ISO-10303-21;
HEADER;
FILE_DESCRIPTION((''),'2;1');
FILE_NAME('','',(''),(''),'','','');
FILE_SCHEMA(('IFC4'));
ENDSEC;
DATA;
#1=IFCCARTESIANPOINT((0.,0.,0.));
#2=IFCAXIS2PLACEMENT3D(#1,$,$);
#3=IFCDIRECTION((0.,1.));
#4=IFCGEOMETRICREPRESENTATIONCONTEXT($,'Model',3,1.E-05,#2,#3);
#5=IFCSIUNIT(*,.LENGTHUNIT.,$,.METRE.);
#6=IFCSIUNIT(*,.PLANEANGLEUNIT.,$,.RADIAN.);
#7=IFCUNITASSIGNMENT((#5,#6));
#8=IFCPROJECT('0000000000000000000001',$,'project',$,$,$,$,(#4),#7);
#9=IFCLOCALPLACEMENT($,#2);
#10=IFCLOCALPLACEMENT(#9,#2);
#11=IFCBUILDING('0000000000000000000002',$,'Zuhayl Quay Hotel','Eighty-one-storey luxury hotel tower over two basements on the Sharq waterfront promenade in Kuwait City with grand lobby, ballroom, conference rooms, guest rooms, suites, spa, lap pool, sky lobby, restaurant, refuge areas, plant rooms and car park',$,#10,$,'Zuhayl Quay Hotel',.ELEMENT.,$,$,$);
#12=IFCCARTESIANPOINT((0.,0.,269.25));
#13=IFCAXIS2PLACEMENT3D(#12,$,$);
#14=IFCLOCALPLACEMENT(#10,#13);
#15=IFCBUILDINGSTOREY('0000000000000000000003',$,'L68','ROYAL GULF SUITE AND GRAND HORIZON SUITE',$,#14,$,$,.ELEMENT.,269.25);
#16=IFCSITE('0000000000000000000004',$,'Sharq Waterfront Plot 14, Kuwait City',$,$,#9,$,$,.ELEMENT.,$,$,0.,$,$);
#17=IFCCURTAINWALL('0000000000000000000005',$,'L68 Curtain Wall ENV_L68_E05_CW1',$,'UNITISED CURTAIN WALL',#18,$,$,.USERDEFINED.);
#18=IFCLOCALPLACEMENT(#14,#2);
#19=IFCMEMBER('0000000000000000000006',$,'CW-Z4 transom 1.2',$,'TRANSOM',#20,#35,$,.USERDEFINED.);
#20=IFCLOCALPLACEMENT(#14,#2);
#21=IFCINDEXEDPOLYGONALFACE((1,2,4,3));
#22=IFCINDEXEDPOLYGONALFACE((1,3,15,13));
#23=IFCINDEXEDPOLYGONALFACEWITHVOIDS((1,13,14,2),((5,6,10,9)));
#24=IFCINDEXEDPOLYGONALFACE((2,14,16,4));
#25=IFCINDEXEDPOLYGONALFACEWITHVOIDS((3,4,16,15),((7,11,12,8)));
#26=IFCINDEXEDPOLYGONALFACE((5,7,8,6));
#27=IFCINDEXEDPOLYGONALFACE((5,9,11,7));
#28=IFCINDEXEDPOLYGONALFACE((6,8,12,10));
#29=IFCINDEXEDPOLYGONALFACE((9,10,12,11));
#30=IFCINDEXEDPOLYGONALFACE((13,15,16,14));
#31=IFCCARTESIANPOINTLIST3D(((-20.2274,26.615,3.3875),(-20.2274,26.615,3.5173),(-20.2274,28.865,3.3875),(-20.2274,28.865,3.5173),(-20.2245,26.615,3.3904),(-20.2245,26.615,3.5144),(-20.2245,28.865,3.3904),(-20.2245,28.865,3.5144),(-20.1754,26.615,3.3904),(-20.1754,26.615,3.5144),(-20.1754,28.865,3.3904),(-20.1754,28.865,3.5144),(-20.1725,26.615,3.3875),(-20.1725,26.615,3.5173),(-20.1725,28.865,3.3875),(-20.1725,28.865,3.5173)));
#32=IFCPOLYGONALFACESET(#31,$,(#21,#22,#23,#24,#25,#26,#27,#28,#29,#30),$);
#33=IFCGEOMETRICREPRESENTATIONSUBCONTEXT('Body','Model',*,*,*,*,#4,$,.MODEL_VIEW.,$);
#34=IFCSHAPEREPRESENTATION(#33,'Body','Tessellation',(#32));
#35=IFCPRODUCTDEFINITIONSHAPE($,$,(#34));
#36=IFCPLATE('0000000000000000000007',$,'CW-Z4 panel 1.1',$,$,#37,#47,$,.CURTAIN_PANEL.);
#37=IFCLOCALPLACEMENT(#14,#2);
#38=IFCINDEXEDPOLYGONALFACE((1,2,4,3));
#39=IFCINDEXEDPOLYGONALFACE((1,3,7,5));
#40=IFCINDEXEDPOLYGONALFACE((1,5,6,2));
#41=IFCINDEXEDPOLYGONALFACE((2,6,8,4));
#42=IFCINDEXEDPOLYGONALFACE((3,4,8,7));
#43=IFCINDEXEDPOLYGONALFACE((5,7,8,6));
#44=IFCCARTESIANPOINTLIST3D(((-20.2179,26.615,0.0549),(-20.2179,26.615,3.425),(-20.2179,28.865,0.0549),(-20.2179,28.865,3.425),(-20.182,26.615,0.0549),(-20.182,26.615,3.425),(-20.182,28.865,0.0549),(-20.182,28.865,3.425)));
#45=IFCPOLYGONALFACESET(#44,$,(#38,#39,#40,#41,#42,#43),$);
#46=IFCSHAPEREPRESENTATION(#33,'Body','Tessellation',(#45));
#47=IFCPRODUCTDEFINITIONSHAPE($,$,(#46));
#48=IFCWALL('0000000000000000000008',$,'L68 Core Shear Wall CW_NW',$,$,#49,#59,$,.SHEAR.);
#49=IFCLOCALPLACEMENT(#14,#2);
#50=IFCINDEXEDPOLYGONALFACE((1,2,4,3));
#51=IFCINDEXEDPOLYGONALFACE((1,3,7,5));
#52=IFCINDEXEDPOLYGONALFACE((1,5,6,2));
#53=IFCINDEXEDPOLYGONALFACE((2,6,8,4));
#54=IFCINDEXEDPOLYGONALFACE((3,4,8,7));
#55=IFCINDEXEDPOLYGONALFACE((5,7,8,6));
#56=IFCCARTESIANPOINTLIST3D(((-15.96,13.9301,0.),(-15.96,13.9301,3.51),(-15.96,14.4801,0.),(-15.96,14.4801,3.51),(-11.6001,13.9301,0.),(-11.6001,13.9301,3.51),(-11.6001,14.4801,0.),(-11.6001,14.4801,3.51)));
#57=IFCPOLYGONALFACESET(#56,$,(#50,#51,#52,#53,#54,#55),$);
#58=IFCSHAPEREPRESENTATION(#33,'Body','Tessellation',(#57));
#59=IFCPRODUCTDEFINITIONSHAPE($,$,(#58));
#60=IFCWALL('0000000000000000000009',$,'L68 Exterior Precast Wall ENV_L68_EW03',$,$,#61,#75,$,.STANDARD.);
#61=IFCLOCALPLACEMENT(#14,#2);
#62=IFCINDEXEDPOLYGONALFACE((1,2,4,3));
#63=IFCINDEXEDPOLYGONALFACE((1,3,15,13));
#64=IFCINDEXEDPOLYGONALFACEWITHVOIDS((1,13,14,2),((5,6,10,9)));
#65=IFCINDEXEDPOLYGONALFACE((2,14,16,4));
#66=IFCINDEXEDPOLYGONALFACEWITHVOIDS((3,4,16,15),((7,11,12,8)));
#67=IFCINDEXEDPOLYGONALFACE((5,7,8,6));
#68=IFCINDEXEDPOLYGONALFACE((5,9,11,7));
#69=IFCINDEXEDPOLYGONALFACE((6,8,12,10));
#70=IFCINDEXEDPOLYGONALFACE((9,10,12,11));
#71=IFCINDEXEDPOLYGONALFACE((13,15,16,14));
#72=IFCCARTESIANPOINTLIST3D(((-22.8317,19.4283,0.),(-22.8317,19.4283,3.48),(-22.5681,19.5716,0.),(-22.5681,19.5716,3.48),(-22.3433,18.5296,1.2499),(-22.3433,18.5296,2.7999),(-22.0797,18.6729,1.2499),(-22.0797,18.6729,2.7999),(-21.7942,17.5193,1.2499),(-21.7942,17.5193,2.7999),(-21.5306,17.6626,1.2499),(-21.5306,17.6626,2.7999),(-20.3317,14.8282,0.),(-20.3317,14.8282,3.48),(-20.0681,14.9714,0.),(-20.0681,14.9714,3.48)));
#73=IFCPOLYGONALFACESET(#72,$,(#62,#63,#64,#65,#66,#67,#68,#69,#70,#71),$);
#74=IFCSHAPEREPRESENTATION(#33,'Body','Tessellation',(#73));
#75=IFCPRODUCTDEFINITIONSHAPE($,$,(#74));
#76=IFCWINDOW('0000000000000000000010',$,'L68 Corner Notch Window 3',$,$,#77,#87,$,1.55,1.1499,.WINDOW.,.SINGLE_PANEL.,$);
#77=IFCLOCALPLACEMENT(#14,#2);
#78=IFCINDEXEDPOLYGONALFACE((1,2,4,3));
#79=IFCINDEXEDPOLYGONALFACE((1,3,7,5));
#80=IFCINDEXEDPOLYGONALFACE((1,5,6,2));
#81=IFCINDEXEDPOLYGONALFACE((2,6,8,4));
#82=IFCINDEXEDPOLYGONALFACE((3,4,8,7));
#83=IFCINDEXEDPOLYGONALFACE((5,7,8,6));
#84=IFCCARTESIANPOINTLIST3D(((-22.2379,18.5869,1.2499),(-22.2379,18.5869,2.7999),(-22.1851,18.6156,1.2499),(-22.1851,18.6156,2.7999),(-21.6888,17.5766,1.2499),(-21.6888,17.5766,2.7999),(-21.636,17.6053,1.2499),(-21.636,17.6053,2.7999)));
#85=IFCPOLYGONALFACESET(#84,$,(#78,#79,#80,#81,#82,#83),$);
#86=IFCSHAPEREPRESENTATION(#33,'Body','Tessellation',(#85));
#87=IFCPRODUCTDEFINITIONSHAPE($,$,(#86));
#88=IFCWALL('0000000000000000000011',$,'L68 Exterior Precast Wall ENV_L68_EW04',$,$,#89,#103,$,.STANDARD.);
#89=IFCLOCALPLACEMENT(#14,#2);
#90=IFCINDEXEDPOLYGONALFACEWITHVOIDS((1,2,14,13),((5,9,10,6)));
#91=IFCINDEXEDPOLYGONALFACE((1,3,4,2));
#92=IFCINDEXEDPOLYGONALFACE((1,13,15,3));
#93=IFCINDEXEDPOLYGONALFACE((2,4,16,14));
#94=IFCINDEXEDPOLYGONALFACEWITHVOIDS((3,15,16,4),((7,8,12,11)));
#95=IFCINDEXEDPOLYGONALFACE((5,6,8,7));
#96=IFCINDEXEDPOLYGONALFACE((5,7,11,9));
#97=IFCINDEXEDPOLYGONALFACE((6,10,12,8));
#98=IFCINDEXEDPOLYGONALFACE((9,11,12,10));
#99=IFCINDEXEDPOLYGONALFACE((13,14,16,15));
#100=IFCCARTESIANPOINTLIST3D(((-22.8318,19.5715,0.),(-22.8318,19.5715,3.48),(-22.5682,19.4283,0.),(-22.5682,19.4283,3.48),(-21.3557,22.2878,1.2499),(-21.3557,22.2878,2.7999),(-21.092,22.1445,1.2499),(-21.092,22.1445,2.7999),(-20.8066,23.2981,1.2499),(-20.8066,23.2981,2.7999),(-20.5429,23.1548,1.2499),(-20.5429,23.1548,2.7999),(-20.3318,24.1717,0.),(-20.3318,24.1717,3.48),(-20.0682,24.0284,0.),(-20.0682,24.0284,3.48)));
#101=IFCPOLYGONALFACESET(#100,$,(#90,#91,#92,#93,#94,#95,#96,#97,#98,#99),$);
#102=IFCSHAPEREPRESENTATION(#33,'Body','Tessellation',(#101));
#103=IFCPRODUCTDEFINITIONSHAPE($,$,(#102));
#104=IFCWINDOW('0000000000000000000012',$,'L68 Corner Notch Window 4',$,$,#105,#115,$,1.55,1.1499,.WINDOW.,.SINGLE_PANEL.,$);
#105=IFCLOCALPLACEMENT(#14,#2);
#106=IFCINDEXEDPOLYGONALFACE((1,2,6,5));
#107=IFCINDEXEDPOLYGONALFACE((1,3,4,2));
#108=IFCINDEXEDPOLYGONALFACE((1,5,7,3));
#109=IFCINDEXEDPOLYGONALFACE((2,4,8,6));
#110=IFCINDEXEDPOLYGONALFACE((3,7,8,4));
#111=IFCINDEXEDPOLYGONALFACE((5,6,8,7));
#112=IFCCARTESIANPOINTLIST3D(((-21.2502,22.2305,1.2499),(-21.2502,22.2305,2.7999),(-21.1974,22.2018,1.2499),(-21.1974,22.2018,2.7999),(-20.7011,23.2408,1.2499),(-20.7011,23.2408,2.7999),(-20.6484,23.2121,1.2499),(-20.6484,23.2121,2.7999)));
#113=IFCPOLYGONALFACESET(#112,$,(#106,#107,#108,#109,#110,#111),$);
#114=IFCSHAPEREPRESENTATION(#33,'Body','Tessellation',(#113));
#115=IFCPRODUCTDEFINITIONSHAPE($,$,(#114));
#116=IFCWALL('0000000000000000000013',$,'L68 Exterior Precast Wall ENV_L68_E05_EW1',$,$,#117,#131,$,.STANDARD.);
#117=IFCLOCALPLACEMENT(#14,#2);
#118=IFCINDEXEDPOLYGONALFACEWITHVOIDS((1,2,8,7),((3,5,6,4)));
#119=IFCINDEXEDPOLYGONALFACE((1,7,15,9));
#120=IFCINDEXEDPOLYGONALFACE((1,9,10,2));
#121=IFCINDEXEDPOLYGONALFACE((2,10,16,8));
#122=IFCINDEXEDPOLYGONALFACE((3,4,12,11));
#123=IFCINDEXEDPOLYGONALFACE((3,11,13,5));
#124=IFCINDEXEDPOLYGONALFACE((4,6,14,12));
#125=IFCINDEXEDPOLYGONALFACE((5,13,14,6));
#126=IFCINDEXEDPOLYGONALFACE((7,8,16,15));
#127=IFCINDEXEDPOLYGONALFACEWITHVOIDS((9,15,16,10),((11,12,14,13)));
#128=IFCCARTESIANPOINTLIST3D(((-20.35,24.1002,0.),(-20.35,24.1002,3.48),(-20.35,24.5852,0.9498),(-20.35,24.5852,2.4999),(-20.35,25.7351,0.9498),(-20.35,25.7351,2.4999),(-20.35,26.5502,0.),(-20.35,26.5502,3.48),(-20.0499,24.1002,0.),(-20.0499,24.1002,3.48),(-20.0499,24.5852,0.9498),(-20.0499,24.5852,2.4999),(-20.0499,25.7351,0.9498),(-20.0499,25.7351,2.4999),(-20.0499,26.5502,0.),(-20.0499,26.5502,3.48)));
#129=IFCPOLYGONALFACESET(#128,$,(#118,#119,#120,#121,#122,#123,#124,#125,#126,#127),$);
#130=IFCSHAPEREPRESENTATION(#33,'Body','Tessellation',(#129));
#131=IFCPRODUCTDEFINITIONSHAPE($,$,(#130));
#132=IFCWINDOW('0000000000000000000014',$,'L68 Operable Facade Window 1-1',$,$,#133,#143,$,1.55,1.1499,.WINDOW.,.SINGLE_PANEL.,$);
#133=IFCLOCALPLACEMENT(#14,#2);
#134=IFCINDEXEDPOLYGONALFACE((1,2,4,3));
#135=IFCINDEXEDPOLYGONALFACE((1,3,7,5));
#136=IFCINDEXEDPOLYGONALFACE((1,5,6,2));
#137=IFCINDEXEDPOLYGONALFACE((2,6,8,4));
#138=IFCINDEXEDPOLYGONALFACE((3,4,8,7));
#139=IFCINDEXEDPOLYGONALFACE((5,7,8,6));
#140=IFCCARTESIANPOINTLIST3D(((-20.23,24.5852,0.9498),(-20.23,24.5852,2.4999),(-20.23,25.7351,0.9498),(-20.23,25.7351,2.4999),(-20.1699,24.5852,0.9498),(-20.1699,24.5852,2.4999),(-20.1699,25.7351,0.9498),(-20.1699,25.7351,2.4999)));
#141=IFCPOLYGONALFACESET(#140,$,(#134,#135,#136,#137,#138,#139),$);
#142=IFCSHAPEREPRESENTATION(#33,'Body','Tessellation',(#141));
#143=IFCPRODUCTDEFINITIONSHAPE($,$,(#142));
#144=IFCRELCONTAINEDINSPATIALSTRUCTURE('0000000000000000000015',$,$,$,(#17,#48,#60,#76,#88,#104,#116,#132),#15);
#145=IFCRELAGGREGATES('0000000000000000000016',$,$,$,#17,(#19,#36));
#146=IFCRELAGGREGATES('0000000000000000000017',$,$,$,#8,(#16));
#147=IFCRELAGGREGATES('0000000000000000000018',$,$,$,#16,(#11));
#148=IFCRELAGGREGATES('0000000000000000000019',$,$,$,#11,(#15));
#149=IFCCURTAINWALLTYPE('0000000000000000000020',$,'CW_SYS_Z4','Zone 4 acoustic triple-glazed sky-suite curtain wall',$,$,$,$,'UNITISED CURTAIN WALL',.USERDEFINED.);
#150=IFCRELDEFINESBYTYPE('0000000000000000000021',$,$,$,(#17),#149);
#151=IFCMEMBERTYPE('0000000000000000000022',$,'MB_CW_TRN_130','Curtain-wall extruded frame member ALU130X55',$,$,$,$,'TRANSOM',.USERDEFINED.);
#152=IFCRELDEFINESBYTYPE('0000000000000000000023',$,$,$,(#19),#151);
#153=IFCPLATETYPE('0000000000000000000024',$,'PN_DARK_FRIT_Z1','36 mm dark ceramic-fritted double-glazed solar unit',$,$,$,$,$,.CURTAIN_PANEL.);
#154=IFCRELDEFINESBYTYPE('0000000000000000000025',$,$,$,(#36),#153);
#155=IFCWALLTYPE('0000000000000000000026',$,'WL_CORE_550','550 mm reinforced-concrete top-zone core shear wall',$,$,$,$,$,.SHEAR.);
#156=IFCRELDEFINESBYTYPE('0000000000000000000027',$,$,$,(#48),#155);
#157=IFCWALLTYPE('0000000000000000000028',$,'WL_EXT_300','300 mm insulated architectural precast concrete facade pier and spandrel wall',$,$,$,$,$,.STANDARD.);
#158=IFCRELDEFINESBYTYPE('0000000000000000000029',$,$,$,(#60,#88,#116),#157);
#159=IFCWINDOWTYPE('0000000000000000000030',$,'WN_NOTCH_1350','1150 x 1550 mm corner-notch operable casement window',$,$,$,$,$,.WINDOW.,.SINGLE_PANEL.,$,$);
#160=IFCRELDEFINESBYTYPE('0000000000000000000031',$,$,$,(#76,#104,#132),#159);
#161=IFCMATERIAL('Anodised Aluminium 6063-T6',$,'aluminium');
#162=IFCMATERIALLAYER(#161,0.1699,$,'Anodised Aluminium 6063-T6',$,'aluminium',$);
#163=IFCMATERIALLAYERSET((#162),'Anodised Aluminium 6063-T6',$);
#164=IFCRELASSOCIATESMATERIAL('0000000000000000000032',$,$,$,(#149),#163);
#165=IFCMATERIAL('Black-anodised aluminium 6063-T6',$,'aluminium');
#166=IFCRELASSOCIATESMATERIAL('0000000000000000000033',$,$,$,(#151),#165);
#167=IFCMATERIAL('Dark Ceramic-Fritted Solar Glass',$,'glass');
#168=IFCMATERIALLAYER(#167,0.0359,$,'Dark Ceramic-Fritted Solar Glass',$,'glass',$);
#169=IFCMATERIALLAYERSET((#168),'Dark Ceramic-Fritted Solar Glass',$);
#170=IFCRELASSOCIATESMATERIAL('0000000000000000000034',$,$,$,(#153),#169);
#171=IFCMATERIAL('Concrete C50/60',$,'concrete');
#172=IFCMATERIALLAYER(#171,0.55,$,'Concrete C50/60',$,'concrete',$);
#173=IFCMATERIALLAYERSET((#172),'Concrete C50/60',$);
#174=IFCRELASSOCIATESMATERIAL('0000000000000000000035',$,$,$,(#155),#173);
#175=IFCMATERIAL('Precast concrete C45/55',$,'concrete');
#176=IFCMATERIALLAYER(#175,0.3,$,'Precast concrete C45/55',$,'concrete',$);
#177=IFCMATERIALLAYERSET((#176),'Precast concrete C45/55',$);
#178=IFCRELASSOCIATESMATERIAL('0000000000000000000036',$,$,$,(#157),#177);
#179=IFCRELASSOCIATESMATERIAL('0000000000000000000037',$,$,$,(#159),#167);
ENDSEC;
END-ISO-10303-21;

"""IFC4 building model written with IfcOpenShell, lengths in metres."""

from ifc_helpers import new_model, si_unit, direction, frame, frame_2d, origin, origin_2d, place, context, subcontext, project, spatial, rectangle, hollow_rectangle, extrude, material, layer, layer_set, material_profile, profile_set, type_object, element, fill, aggregate, save


model = new_model("IFC4")

# Units and contexts
model_context = context("Model", 3, precision=1e-05, world=origin(), true_north=direction((0.0, 1.0)))
body_context = subcontext(model_context, "Body", "Model", "MODEL_VIEW")
ifc_project = project(units=[si_unit("LENGTHUNIT", "METRE"), si_unit("PLANEANGLEUNIT", "RADIAN")], contexts=[model_context])

# Site, building, storey
site_placement = place(None, origin())
site = spatial("IfcSite", under=ifc_project, at=site_placement, Name="Sharq Waterfront Plot 14, Kuwait City", CompositionType="ELEMENT", RefElevation=0.0)
building_placement = place(site_placement, origin())
building = spatial("IfcBuilding", under=site, at=building_placement, Name="Zuhayl Quay Hotel", Description="Eighty-one-storey luxury hotel tower over two basements on the Sharq waterfront promenade in Kuwait City with grand lobby, ballroom, conference rooms, guest rooms, suites, spa, lap pool, sky lobby, restaurant, refuge areas, plant rooms and car park", LongName="Zuhayl Quay Hotel", CompositionType="ELEMENT")
storey_placement = place(building_placement, frame((0.0, 0.0, 269.25)))
storey = spatial("IfcBuildingStorey", under=building, at=storey_placement, Name="L68", Description="ROYAL GULF SUITE AND GRAND HORIZON SUITE", CompositionType="ELEMENT", Elevation=269.25)

# Curtain wall, member, plate
ifc_material_1 = material(Name="Anodised Aluminium 6063-T6", Category="aluminium")
ifc_layer_1 = layer(ifc_material_1, 0.1699, Name="Anodised Aluminium 6063-T6", Category="aluminium")
ifc_layer_set_1 = layer_set([ifc_layer_1], Name="Anodised Aluminium 6063-T6")
curtain_wall_type = type_object("IfcCurtainWallType", Name="CW_SYS_Z4", Description="Zone 4 acoustic triple-glazed sky-suite curtain wall", ElementType="UNITISED CURTAIN WALL", PredefinedType="USERDEFINED", material=ifc_layer_set_1)
curtain_wall_placement = place(storey_placement, origin())
curtain_wall = element("IfcCurtainWall", 1, at=curtain_wall_placement, inside=storey, type_object=curtain_wall_type, Name="L68 Curtain Wall ENV_L68_E05_CW1", ObjectType="UNITISED CURTAIN WALL", PredefinedType="USERDEFINED")
ifc_material_2 = material(Name="Black-anodised aluminium 6063-T6", Category="aluminium")
ifc_material_profile_1 = material_profile(ifc_material_2, hollow_rectangle(XDim=0.0549, YDim=0.1299, WallThickness=0.0029, at=origin_2d()), Name="ALU130X55")
ifc_profile_set_1 = profile_set([ifc_material_profile_1], Name="Black-anodised aluminium 6063-T6")
member_type_1 = type_object("IfcMemberType", Name="MB_CW_TRN_130", Description="Curtain-wall extruded frame member ALU130X55", ElementType="TRANSOM", PredefinedType="USERDEFINED", material=ifc_profile_set_1)
member_1_placement = place(storey_placement, frame((-20.2, 26.615, 3.4524), z_axis=(0.0, 1.0, 0.0), x_axis=(-1.0, 0.0, 0.0)))
member_1 = element("IfcMember", 2, at=member_1_placement, type_object=member_type_1, Name="CW-Z4 transom 1.2", ObjectType="TRANSOM", PredefinedType="USERDEFINED", context=body_context, shape_type="SweptSolid", body=[
    extrude(hollow_rectangle(XDim=0.0549, YDim=0.1299, WallThickness=0.0029, at=origin_2d()), origin(), (0.0, 0.0, 1.0), 2.25),
])
ifc_material_3 = material(Name="Dark Ceramic-Fritted Solar Glass", Category="glass")
ifc_layer_2 = layer(ifc_material_3, 0.0359, Name="Dark Ceramic-Fritted Solar Glass", Category="glass")
ifc_layer_set_2 = layer_set([ifc_layer_2], Name="Dark Ceramic-Fritted Solar Glass")
plate_type = type_object("IfcPlateType", Name="PN_DARK_FRIT_Z1", Description="36 mm dark ceramic-fritted double-glazed solar unit", PredefinedType="CURTAIN_PANEL", material=ifc_layer_set_2)
plate_placement = place(storey_placement, frame((-20.2, 27.74, 0.0549), z_axis=(0.0, 0.0, 1.0), x_axis=(0.0, 1.0, 0.0)))
plate = element("IfcPlate", 3, at=plate_placement, type_object=plate_type, Name="CW-Z4 panel 1.1", PredefinedType="CURTAIN_PANEL", context=body_context, shape_type="SweptSolid", body=[
    extrude(rectangle(XDim=2.25, YDim=0.0359, at=origin_2d()), origin(), (0.0, 0.0, 1.0), 3.3701),
])
aggregate(curtain_wall, [member_1, plate])

# Wall
ifc_material_4 = material(Name="Concrete C50/60", Category="concrete")
ifc_layer_3 = layer(ifc_material_4, 0.55, Name="Concrete C50/60", Category="concrete")
ifc_layer_set_3 = layer_set([ifc_layer_3], Name="Concrete C50/60")
wall_type_1 = type_object("IfcWallType", Name="WL_CORE_550", Description="550 mm reinforced-concrete top-zone core shear wall", PredefinedType="SHEAR", material=ifc_layer_set_3)
wall_1_placement = place(storey_placement, frame((-15.96, 14.2051, 0.0), z_axis=(0.0, 0.0, 1.0), x_axis=(1.0, 0.0, 0.0)))
element("IfcWall", 4, at=wall_1_placement, inside=storey, type_object=wall_type_1, Name="L68 Core Shear Wall CW_NW", PredefinedType="SHEAR", context=body_context, shape_type="SweptSolid", body=[
    extrude(rectangle(XDim=4.3599, YDim=0.55, at=frame_2d((2.1799, 0.0))), origin(), (0.0, 0.0, 1.0), 3.51),
])

# Walls, openings, windows
ifc_material_5 = material(Name="Precast concrete C45/55", Category="concrete")
ifc_layer_4 = layer(ifc_material_5, 0.3, Name="Precast concrete C45/55", Category="concrete")
ifc_layer_set_4 = layer_set([ifc_layer_4], Name="Precast concrete C45/55")
wall_type_2 = type_object("IfcWallType", Name="WL_EXT_300", Description="300 mm insulated architectural precast concrete facade pier and spandrel wall", PredefinedType="STANDARD", material=ifc_layer_set_4)
wall_2_placement = place(storey_placement, frame((-20.2, 14.8999, 0.0), z_axis=(0.0, 0.0, 1.0), x_axis=(-0.477505, 0.878629, 0.0)))
wall_2 = element("IfcWall", 5, at=wall_2_placement, inside=storey, type_object=wall_type_2, Name="L68 Exterior Precast Wall ENV_L68_EW03", PredefinedType="STANDARD", context=body_context, shape_type="SweptSolid", body=[
    extrude(rectangle(XDim=5.2356, YDim=0.3, at=frame_2d((2.6177, 0.0))), origin(), (0.0, 0.0, 1.0), 3.48),
])
opening_1_placement = place(wall_2_placement, frame((3.0627, 0.0, 1.25)))
opening_1 = element("IfcOpeningElement", 6, at=opening_1_placement, cuts=wall_2, PredefinedType="OPENING", context=body_context, shape_type="SweptSolid", body=[
    extrude(rectangle(XDim=1.1499, YDim=1.55, at=frame_2d((0.575, 0.7749))), frame((0.0, 0.1599, 0.0), z_axis=(0.0, -1.0, 0.0), x_axis=(1.0, 0.0, 0.0)), (0.0, 0.0, 1.0), 0.3201),
])
window_type = type_object("IfcWindowType", Name="WN_NOTCH_1350", Description="1150 x 1550 mm corner-notch operable casement window", PartitioningType="SINGLE_PANEL", PredefinedType="WINDOW", material=ifc_material_3)
window_1_placement = place(opening_1_placement, origin())
window_1 = element("IfcWindow", 7, at=window_1_placement, inside=storey, type_object=window_type, Name="L68 Corner Notch Window 3", OverallHeight=1.55, OverallWidth=1.1499, PartitioningType="SINGLE_PANEL", PredefinedType="WINDOW", context=body_context, shape_type="SweptSolid", body=[
    extrude(rectangle(XDim=1.1499, YDim=1.55, at=frame_2d((0.575, 0.7749))), frame((0.0, 0.03, 0.0), z_axis=(0.0, -1.0, 0.0), x_axis=(1.0, 0.0, 0.0)), (0.0, 0.0, 1.0), 0.0601),
])
fill(opening_1, window_1)
wall_3_placement = place(storey_placement, frame((-22.7, 19.5, 0.0), z_axis=(0.0, 0.0, 1.0), x_axis=(0.477505, 0.878629, 0.0)))
wall_3 = element("IfcWall", 8, at=wall_3_placement, inside=storey, type_object=wall_type_2, Name="L68 Exterior Precast Wall ENV_L68_EW04", PredefinedType="STANDARD", context=body_context, shape_type="SweptSolid", body=[
    extrude(rectangle(XDim=5.2356, YDim=0.3, at=frame_2d((2.6177, 0.0))), origin(), (0.0, 0.0, 1.0), 3.48),
])
opening_2_placement = place(wall_3_placement, frame((3.0913, 0.0, 1.25)))
opening_2 = element("IfcOpeningElement", 9, at=opening_2_placement, cuts=wall_3, PredefinedType="OPENING", context=body_context, shape_type="SweptSolid", body=[
    extrude(rectangle(XDim=1.1499, YDim=1.55, at=frame_2d((0.575, 0.7749))), frame((0.0, 0.1599, 0.0), z_axis=(0.0, -1.0, 0.0), x_axis=(1.0, 0.0, 0.0)), (0.0, 0.0, 1.0), 0.3201),
])
window_2_placement = place(opening_2_placement, origin())
window_2 = element("IfcWindow", 10, at=window_2_placement, inside=storey, type_object=window_type, Name="L68 Corner Notch Window 4", OverallHeight=1.55, OverallWidth=1.1499, PartitioningType="SINGLE_PANEL", PredefinedType="WINDOW", context=body_context, shape_type="SweptSolid", body=[
    extrude(rectangle(XDim=1.1499, YDim=1.55, at=frame_2d((0.575, 0.7749))), frame((0.0, 0.03, 0.0), z_axis=(0.0, -1.0, 0.0), x_axis=(1.0, 0.0, 0.0)), (0.0, 0.0, 1.0), 0.0601),
])
fill(opening_2, window_2)
wall_4_placement = place(storey_placement, frame((-20.2, 24.1001, 0.0), z_axis=(0.0, 0.0, 1.0), x_axis=(0.0, 1.0, 0.0)))
wall_4 = element("IfcWall", 11, at=wall_4_placement, inside=storey, type_object=wall_type_2, Name="L68 Exterior Precast Wall ENV_L68_E05_EW1", PredefinedType="STANDARD", context=body_context, shape_type="SweptSolid", body=[
    extrude(rectangle(XDim=2.45, YDim=0.3, at=frame_2d((1.2251, 0.0))), origin(), (0.0, 0.0, 1.0), 3.48),
])
opening_3_placement = place(wall_4_placement, frame((0.4851, 0.0, 0.95)))
opening_3 = element("IfcOpeningElement", 12, at=opening_3_placement, cuts=wall_4, PredefinedType="OPENING", context=body_context, shape_type="SweptSolid", body=[
    extrude(rectangle(XDim=1.1499, YDim=1.55, at=frame_2d((0.575, 0.7749))), frame((0.0, 0.1599, 0.0), z_axis=(0.0, -1.0, 0.0), x_axis=(1.0, 0.0, 0.0)), (0.0, 0.0, 1.0), 0.3201),
])
window_3_placement = place(opening_3_placement, origin())
window_3 = element("IfcWindow", 13, at=window_3_placement, inside=storey, type_object=window_type, Name="L68 Operable Facade Window 1-1", OverallHeight=1.55, OverallWidth=1.1499, PartitioningType="SINGLE_PANEL", PredefinedType="WINDOW", context=body_context, shape_type="SweptSolid", body=[
    extrude(rectangle(XDim=1.1499, YDim=1.55, at=frame_2d((0.575, 0.7749))), frame((0.0, 0.03, 0.0), z_axis=(0.0, -1.0, 0.0), x_axis=(1.0, 0.0, 0.0)), (0.0, 0.0, 1.0), 0.0601),
])
fill(opening_3, window_3)

save(model, "model.ifc")
